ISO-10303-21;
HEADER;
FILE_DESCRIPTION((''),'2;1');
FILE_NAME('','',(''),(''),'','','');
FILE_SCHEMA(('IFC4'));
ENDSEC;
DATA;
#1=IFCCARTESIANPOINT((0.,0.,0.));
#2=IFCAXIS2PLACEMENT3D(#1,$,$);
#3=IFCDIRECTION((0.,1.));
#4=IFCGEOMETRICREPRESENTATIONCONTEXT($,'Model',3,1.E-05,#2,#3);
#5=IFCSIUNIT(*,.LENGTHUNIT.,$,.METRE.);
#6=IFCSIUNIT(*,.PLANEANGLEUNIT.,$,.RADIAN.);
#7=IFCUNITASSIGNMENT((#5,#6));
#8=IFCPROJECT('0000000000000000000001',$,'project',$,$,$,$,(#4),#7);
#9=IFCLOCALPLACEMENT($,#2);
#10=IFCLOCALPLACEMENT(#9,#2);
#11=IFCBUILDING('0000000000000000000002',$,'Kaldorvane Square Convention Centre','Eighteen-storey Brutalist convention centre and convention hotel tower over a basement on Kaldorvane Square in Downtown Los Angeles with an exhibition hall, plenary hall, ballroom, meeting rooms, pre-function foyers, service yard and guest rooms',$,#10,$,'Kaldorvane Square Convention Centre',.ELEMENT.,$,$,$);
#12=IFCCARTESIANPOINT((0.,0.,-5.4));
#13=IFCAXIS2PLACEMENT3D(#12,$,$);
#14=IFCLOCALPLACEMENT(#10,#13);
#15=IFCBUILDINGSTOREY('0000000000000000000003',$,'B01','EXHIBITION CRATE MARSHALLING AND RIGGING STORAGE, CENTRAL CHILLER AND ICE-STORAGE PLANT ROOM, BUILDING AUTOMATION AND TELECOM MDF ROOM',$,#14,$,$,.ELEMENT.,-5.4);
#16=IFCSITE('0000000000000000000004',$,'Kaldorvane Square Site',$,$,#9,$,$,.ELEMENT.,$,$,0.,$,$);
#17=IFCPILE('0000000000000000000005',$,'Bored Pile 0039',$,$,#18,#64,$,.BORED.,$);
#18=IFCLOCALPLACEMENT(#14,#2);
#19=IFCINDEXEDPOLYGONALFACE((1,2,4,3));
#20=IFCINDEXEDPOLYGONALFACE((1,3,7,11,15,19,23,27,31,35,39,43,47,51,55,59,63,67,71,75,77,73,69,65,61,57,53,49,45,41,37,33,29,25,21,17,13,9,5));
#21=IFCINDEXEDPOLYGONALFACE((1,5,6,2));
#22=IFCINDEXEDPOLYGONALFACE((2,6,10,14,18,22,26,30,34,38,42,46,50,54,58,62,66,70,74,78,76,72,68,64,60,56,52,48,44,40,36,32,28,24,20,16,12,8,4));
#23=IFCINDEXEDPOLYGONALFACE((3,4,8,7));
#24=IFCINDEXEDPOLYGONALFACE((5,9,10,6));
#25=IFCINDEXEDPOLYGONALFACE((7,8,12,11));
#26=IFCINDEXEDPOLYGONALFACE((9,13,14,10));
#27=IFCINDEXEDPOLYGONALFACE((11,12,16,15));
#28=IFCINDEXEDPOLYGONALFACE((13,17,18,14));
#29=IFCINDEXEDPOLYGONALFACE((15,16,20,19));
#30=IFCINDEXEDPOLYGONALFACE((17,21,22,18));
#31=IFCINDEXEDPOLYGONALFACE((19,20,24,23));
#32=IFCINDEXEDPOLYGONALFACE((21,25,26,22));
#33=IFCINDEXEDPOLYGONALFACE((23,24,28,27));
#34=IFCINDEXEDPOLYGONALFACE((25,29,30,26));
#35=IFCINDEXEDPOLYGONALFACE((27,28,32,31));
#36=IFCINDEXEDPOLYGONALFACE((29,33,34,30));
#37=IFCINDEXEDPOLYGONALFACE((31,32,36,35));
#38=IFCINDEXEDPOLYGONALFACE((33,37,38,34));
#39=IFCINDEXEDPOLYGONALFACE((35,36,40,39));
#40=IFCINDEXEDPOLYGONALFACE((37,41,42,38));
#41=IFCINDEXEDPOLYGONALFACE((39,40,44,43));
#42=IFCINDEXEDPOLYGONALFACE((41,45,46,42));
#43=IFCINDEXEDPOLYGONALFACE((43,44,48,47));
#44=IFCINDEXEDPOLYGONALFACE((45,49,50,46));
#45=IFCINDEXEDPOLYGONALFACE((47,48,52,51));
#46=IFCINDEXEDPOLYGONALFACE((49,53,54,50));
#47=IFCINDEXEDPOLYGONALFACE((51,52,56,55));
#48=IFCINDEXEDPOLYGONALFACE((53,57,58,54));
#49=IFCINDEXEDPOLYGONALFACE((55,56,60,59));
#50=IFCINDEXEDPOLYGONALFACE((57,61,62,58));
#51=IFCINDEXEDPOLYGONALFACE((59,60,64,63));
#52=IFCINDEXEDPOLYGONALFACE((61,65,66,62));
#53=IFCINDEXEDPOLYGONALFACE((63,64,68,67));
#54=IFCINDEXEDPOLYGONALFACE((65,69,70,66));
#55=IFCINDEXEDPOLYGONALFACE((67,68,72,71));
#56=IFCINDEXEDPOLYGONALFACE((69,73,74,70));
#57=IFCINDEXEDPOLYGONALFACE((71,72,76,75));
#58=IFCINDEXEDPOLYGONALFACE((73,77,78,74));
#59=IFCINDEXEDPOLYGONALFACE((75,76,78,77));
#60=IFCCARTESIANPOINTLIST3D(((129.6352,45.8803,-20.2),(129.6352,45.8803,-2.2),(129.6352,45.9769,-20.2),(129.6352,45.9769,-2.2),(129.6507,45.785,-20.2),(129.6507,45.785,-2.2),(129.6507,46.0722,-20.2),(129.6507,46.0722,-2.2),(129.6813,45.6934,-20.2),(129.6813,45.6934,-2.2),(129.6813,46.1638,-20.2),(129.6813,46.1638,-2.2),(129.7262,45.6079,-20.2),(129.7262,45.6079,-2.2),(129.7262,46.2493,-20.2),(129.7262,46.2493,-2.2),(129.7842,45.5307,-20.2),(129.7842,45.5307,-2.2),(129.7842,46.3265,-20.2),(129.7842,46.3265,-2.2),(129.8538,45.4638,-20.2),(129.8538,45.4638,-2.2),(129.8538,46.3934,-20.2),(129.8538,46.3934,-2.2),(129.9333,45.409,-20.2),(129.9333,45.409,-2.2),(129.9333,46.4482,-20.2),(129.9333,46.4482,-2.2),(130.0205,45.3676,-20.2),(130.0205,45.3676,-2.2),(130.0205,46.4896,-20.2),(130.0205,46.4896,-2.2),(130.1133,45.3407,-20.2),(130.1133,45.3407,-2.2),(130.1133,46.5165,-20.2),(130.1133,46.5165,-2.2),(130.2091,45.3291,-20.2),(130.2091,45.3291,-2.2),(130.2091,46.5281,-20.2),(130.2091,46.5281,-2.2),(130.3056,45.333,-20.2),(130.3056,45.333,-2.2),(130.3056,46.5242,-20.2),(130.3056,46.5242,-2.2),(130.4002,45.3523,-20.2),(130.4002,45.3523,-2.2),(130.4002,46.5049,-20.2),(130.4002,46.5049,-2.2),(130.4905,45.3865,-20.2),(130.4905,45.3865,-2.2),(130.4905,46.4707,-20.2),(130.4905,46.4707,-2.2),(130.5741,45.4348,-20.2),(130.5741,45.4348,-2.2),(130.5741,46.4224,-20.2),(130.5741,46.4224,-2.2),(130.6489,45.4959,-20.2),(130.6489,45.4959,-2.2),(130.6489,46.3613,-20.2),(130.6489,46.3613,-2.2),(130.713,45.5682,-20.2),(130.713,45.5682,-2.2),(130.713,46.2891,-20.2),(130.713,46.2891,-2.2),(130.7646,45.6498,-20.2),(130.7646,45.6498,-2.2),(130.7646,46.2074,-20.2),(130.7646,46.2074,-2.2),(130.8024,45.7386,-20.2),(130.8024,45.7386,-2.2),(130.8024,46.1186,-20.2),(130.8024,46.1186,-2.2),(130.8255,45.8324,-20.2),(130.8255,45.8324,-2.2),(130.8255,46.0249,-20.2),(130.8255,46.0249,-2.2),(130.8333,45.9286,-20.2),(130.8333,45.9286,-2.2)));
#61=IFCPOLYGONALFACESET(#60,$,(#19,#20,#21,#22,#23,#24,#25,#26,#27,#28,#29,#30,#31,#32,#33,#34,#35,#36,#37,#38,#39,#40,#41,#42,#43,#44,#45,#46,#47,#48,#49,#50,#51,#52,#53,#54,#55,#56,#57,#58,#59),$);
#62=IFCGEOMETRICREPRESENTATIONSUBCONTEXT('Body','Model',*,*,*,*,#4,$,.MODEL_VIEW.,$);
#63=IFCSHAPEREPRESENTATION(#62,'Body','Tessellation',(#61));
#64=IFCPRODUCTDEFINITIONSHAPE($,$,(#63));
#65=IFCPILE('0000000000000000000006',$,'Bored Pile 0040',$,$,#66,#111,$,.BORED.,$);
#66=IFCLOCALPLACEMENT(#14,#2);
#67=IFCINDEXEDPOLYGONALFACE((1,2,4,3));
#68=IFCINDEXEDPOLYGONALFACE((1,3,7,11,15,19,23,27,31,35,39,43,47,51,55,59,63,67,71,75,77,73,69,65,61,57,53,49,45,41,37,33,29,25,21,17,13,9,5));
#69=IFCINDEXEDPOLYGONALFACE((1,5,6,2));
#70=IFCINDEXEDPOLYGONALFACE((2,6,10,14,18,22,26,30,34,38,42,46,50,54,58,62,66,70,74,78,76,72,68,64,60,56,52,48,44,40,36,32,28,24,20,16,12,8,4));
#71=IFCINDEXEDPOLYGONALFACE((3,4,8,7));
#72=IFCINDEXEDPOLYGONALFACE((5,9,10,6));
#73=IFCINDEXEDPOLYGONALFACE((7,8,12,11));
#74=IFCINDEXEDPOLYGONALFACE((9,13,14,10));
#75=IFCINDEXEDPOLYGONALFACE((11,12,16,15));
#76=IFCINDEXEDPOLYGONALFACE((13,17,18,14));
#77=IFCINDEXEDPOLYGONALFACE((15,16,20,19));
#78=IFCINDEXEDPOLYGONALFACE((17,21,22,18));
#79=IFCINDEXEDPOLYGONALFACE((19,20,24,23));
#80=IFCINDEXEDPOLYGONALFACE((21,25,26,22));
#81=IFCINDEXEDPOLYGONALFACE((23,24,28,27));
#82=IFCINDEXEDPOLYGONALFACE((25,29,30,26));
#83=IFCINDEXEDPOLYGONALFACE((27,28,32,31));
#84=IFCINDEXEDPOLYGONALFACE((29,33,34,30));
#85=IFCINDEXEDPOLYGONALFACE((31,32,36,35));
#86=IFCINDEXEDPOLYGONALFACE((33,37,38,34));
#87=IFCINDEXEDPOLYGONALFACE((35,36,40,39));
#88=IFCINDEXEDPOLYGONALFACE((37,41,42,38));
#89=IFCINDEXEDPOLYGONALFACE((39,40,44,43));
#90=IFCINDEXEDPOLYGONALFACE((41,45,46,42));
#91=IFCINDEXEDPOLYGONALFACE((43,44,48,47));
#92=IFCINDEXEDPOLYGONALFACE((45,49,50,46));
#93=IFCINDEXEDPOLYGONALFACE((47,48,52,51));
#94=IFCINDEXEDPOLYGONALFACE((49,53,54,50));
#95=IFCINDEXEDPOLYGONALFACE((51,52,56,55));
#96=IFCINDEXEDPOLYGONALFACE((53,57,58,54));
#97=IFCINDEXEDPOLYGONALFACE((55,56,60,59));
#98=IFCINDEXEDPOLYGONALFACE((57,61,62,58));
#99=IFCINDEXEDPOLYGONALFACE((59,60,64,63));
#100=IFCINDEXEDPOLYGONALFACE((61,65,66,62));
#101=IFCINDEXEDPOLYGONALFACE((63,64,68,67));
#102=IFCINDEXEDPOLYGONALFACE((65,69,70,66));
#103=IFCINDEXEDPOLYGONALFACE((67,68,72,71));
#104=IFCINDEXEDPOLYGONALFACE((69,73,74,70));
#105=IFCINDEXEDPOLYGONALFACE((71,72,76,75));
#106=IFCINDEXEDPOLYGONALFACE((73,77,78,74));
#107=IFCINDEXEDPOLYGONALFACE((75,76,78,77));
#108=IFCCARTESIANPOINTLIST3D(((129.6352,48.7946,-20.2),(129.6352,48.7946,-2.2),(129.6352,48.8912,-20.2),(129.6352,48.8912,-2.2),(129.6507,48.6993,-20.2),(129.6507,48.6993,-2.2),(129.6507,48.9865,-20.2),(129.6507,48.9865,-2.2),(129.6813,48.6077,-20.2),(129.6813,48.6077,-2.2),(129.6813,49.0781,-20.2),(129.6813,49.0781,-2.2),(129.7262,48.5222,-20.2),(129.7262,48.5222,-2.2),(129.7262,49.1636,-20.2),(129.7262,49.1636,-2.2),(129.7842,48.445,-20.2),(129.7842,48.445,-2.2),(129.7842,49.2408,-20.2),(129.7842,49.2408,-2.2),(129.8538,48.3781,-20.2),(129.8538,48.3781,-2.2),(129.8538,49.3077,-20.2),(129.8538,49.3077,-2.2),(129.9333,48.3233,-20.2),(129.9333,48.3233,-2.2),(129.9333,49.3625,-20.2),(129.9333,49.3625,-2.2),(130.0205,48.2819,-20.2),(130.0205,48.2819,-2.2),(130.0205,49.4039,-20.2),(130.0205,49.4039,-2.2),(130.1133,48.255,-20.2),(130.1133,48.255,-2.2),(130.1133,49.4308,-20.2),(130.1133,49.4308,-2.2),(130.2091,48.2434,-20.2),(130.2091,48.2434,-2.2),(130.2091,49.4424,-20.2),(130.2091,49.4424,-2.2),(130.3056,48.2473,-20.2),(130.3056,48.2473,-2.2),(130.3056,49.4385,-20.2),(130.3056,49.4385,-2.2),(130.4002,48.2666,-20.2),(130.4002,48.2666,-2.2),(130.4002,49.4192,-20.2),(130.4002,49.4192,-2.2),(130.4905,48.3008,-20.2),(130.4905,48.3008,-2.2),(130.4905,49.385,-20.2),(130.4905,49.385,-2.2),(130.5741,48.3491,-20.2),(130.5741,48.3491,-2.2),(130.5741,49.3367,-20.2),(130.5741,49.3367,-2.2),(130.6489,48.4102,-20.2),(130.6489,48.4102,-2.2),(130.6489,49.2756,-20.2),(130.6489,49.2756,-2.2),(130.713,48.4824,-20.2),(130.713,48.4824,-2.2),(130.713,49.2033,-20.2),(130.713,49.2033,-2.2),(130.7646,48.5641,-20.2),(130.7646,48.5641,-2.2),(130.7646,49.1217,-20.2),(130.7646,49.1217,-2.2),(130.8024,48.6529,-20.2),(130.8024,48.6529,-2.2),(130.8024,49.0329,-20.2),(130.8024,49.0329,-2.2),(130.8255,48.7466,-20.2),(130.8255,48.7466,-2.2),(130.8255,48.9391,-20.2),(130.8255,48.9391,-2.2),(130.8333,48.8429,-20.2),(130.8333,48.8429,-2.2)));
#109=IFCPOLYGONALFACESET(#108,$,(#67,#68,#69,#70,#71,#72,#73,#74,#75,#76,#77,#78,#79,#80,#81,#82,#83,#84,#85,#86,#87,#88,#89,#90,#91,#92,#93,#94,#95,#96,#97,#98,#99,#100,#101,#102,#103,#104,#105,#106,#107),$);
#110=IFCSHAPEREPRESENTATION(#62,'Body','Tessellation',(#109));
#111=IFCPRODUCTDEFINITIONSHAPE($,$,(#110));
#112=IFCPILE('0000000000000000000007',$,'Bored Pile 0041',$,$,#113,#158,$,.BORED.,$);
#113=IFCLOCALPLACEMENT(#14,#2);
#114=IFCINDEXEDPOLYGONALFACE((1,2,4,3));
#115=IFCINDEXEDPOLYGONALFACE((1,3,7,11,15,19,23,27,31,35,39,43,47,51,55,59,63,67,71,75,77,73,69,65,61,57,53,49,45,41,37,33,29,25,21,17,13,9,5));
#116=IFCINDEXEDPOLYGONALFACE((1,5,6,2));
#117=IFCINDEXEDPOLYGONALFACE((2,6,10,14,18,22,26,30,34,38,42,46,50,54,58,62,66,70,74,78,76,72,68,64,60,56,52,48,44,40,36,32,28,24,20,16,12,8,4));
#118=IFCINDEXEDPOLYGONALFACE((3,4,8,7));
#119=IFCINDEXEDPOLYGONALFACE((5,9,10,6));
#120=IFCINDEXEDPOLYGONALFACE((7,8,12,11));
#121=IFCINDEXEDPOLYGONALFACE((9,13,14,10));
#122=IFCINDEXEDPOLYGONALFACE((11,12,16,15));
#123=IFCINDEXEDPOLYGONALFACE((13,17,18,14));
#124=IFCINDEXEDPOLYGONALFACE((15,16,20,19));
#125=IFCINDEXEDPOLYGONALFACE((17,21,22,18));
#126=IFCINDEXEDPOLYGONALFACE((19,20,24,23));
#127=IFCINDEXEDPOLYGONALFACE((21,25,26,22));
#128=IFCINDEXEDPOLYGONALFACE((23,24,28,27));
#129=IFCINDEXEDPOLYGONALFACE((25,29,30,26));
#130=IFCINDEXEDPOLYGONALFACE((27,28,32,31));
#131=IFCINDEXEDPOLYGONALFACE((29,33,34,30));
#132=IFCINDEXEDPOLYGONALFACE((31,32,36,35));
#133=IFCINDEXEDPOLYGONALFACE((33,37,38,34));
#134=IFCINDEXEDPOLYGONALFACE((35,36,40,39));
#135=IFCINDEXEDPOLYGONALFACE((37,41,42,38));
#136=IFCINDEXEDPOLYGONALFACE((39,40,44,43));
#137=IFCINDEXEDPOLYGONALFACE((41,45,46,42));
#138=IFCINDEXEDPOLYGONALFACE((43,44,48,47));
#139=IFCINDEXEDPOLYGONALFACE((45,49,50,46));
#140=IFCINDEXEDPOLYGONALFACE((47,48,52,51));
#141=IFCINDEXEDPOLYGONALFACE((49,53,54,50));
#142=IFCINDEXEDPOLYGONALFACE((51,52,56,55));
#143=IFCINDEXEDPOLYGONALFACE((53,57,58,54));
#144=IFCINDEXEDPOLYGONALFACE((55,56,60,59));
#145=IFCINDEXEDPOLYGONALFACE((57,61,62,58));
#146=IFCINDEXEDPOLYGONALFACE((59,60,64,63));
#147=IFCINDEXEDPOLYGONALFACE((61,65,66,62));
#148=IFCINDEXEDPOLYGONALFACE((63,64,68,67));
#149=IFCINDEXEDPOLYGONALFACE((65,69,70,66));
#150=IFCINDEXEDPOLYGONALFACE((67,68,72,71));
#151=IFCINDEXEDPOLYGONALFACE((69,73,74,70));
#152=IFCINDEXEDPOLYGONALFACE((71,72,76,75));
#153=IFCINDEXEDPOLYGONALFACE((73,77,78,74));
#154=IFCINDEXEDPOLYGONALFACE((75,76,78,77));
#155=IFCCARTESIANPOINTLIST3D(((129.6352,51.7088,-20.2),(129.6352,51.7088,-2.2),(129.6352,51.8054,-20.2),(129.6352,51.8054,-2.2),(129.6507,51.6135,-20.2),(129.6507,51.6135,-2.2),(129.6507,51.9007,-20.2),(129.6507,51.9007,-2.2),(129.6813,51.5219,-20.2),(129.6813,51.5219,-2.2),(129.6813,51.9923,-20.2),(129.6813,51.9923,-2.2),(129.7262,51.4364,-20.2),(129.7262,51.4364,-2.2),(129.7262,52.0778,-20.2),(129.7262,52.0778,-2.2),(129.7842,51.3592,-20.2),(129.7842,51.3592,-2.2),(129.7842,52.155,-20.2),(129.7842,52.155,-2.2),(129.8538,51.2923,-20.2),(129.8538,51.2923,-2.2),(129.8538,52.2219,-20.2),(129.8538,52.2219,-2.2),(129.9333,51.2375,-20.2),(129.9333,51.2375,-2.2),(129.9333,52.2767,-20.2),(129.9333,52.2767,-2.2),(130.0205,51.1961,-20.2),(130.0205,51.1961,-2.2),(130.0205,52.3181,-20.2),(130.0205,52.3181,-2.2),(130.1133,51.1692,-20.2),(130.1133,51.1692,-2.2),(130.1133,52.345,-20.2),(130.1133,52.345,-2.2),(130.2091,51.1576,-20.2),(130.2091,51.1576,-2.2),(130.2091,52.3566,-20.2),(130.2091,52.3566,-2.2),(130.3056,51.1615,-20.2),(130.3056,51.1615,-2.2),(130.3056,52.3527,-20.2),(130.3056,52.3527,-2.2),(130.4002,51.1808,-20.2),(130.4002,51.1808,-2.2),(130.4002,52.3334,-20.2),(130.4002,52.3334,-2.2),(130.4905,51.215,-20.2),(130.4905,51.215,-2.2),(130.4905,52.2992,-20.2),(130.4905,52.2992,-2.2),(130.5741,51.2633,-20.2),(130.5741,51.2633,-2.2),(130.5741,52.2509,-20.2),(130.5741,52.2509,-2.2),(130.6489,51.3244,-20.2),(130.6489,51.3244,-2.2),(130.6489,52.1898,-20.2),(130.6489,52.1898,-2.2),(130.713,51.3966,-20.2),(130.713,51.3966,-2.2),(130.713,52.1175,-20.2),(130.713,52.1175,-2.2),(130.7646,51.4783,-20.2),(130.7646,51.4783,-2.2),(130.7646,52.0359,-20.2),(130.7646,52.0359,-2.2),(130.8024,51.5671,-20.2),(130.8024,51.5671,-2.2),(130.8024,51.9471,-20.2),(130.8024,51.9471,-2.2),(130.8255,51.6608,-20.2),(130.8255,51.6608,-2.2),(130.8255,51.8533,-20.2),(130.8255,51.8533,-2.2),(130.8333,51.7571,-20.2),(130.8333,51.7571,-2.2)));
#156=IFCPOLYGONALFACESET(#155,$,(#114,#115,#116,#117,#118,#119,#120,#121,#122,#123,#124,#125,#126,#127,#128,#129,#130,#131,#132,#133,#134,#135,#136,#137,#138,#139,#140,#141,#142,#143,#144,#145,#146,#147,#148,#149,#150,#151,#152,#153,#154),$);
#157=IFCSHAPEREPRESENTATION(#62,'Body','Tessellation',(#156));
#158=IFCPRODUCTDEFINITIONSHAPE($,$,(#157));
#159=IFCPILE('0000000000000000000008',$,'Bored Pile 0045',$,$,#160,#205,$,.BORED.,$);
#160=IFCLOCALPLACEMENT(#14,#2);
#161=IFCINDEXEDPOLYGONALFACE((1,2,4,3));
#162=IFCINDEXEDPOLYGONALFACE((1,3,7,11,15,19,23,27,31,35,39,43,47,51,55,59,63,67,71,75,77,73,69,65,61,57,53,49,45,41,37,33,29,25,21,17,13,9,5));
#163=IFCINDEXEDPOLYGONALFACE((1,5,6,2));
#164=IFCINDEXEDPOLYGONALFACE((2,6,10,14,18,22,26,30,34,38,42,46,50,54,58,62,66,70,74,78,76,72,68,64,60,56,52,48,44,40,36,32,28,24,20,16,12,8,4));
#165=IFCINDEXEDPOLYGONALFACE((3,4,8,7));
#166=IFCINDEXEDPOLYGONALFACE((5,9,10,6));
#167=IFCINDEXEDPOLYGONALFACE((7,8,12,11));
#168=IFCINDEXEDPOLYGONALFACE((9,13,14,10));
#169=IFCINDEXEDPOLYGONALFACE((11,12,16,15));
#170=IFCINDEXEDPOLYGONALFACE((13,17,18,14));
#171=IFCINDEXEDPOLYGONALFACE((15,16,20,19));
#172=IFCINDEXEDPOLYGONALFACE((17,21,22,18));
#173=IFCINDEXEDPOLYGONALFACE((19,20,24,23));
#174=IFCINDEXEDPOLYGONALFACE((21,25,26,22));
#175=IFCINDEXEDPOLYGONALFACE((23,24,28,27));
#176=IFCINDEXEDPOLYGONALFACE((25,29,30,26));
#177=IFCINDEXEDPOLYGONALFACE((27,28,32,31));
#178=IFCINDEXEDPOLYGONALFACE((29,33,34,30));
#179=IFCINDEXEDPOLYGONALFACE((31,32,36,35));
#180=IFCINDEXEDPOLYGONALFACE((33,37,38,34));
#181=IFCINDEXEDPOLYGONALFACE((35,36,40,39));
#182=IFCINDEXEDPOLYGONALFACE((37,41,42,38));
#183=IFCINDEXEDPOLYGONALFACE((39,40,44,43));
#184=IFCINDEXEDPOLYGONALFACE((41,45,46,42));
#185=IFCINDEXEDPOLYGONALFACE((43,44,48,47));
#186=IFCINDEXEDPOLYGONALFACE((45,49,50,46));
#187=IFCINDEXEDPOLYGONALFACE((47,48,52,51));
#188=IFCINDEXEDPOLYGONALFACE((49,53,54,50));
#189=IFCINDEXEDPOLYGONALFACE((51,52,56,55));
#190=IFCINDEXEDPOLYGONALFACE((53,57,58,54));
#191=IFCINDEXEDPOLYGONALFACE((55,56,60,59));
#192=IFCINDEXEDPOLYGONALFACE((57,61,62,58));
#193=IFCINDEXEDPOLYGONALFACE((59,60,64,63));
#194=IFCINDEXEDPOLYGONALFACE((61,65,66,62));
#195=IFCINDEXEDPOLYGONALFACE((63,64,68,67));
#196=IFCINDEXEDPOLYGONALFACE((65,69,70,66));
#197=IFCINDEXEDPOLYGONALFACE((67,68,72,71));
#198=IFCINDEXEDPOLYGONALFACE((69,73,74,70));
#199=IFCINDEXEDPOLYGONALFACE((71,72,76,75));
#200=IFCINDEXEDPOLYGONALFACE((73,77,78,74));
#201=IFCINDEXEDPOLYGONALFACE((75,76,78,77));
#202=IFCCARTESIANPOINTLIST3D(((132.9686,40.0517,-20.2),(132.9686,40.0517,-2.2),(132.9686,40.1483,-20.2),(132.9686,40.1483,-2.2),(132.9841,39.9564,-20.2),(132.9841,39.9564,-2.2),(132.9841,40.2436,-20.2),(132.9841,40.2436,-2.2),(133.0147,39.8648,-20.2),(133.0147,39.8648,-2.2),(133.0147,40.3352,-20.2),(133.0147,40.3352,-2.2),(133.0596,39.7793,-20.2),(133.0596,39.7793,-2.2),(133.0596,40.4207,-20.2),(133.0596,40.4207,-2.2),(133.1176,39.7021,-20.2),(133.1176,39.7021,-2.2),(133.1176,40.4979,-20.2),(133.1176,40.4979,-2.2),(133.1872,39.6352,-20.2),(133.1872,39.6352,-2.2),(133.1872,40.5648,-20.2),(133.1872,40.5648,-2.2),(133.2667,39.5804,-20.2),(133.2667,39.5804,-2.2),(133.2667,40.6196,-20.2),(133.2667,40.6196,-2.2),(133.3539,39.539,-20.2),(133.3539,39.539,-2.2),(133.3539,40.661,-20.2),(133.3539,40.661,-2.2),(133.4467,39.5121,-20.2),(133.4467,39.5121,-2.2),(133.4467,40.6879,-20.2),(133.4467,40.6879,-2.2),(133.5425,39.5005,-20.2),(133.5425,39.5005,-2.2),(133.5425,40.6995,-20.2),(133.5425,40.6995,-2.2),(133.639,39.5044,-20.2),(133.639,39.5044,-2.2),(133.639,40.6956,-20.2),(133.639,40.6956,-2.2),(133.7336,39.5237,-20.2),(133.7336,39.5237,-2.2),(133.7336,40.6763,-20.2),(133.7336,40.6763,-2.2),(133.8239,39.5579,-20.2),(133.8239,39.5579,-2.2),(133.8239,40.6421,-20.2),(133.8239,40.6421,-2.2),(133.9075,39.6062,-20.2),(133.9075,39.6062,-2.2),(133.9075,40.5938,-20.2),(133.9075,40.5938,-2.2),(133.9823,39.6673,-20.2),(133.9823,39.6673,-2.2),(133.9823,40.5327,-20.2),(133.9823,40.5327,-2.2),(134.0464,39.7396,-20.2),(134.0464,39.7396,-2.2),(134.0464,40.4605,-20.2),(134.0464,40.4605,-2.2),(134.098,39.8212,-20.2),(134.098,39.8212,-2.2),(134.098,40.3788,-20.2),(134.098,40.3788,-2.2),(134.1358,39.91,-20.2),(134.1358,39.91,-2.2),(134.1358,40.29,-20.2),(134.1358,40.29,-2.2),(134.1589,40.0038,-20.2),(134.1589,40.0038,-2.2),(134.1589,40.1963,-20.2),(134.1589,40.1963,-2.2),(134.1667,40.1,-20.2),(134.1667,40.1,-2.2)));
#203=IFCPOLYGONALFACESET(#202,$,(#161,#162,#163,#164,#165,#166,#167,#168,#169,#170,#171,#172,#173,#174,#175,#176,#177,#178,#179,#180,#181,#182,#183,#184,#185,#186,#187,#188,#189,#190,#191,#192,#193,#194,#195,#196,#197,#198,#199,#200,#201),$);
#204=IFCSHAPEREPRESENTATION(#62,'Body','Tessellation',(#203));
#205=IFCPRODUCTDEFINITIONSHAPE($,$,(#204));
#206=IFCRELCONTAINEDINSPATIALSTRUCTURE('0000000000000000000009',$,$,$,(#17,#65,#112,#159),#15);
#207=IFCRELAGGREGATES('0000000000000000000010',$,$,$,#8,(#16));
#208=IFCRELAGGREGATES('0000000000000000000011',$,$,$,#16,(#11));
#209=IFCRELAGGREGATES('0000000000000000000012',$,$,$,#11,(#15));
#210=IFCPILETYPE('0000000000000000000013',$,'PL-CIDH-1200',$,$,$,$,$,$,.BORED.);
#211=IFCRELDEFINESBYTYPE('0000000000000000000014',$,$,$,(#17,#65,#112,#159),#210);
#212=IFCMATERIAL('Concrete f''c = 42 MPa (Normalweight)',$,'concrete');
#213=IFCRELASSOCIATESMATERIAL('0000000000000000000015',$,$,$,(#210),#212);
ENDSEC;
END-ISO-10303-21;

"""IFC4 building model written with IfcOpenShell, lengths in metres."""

from ifc_helpers import new_model, si_unit, direction, frame, origin, origin_2d, place, context, subcontext, project, spatial, circle, extrude, material, material_profile, profile_set, type_object, element, save


model = new_model("IFC4")

# Units and contexts
model_context = context("Model", 3, precision=1e-05, world=origin(), true_north=direction((0.0, 1.0)))
body_context = subcontext(model_context, "Body", "Model", "MODEL_VIEW")
ifc_project = project(units=[si_unit("LENGTHUNIT", "METRE"), si_unit("PLANEANGLEUNIT", "RADIAN")], contexts=[model_context])

# Site, building, storey
site_placement = place(None, origin())
site = spatial("IfcSite", under=ifc_project, at=site_placement, Name="Kaldorvane Square Site", CompositionType="ELEMENT", RefElevation=0.0)
building_placement = place(site_placement, origin())
building = spatial("IfcBuilding", under=site, at=building_placement, Name="Kaldorvane Square Convention Centre", Description="Eighteen-storey Brutalist convention centre and convention hotel tower over a basement on Kaldorvane Square in Downtown Los Angeles with an exhibition hall, plenary hall, ballroom, meeting rooms, pre-function foyers, service yard and guest rooms", LongName="Kaldorvane Square Convention Centre", CompositionType="ELEMENT")
storey_placement = place(building_placement, frame((0.0, 0.0, -5.4)))
storey = spatial("IfcBuildingStorey", under=building, at=storey_placement, Name="B01", Description="EXHIBITION CRATE MARSHALLING AND RIGGING STORAGE, CENTRAL CHILLER AND ICE-STORAGE PLANT ROOM, BUILDING AUTOMATION AND TELECOM MDF ROOM", CompositionType="ELEMENT", Elevation=-5.4)

# Shared definitions
ifc_material_1 = material(Name="Concrete f'c = 42 MPa (Normalweight)", Category="concrete")

# Piles
ifc_material_profile_1 = material_profile(ifc_material_1, circle(Radius=0.6, at=origin_2d()), Name="PILE-D1200")
ifc_profile_set_1 = profile_set([ifc_material_profile_1], Name="Concrete f'c = 42 MPa (Normalweight)")
pile_type_1 = type_object("IfcPileType", Name="PL-CIDH-1200", PredefinedType="BORED", material=ifc_profile_set_1)
for number, where, z_axis, x_axis, name in (
    (1, (130.2333, 45.9286, -2.2), (0.0, 0.0, -1.0), (1.0, 0.0, 0.0), "Bored Pile 0039"),
    (2, (130.2333, 48.8429, -2.2), (0.0, 0.0, -1.0), (1.0, 0.0, 0.0), "Bored Pile 0040"),
    (3, (130.2333, 51.7571, -2.2), (0.0, 0.0, -1.0), (1.0, 0.0, 0.0), "Bored Pile 0041"),
    (4, (133.5667, 40.1, -2.2), (0.0, 0.0, -1.0), (1.0, 0.0, 0.0), "Bored Pile 0045"),
):
    element("IfcPile", number, at=place(storey_placement, frame(where, z_axis=z_axis, x_axis=x_axis)), inside=storey, type_object=pile_type_1, Name=name, PredefinedType="BORED", context=body_context, shape_type="SweptSolid", body=[
        extrude(circle(Radius=0.6, at=origin_2d()), origin(), (0.0, 0.0, 1.0), 18.0),
    ])

save(model, "model.ifc")
